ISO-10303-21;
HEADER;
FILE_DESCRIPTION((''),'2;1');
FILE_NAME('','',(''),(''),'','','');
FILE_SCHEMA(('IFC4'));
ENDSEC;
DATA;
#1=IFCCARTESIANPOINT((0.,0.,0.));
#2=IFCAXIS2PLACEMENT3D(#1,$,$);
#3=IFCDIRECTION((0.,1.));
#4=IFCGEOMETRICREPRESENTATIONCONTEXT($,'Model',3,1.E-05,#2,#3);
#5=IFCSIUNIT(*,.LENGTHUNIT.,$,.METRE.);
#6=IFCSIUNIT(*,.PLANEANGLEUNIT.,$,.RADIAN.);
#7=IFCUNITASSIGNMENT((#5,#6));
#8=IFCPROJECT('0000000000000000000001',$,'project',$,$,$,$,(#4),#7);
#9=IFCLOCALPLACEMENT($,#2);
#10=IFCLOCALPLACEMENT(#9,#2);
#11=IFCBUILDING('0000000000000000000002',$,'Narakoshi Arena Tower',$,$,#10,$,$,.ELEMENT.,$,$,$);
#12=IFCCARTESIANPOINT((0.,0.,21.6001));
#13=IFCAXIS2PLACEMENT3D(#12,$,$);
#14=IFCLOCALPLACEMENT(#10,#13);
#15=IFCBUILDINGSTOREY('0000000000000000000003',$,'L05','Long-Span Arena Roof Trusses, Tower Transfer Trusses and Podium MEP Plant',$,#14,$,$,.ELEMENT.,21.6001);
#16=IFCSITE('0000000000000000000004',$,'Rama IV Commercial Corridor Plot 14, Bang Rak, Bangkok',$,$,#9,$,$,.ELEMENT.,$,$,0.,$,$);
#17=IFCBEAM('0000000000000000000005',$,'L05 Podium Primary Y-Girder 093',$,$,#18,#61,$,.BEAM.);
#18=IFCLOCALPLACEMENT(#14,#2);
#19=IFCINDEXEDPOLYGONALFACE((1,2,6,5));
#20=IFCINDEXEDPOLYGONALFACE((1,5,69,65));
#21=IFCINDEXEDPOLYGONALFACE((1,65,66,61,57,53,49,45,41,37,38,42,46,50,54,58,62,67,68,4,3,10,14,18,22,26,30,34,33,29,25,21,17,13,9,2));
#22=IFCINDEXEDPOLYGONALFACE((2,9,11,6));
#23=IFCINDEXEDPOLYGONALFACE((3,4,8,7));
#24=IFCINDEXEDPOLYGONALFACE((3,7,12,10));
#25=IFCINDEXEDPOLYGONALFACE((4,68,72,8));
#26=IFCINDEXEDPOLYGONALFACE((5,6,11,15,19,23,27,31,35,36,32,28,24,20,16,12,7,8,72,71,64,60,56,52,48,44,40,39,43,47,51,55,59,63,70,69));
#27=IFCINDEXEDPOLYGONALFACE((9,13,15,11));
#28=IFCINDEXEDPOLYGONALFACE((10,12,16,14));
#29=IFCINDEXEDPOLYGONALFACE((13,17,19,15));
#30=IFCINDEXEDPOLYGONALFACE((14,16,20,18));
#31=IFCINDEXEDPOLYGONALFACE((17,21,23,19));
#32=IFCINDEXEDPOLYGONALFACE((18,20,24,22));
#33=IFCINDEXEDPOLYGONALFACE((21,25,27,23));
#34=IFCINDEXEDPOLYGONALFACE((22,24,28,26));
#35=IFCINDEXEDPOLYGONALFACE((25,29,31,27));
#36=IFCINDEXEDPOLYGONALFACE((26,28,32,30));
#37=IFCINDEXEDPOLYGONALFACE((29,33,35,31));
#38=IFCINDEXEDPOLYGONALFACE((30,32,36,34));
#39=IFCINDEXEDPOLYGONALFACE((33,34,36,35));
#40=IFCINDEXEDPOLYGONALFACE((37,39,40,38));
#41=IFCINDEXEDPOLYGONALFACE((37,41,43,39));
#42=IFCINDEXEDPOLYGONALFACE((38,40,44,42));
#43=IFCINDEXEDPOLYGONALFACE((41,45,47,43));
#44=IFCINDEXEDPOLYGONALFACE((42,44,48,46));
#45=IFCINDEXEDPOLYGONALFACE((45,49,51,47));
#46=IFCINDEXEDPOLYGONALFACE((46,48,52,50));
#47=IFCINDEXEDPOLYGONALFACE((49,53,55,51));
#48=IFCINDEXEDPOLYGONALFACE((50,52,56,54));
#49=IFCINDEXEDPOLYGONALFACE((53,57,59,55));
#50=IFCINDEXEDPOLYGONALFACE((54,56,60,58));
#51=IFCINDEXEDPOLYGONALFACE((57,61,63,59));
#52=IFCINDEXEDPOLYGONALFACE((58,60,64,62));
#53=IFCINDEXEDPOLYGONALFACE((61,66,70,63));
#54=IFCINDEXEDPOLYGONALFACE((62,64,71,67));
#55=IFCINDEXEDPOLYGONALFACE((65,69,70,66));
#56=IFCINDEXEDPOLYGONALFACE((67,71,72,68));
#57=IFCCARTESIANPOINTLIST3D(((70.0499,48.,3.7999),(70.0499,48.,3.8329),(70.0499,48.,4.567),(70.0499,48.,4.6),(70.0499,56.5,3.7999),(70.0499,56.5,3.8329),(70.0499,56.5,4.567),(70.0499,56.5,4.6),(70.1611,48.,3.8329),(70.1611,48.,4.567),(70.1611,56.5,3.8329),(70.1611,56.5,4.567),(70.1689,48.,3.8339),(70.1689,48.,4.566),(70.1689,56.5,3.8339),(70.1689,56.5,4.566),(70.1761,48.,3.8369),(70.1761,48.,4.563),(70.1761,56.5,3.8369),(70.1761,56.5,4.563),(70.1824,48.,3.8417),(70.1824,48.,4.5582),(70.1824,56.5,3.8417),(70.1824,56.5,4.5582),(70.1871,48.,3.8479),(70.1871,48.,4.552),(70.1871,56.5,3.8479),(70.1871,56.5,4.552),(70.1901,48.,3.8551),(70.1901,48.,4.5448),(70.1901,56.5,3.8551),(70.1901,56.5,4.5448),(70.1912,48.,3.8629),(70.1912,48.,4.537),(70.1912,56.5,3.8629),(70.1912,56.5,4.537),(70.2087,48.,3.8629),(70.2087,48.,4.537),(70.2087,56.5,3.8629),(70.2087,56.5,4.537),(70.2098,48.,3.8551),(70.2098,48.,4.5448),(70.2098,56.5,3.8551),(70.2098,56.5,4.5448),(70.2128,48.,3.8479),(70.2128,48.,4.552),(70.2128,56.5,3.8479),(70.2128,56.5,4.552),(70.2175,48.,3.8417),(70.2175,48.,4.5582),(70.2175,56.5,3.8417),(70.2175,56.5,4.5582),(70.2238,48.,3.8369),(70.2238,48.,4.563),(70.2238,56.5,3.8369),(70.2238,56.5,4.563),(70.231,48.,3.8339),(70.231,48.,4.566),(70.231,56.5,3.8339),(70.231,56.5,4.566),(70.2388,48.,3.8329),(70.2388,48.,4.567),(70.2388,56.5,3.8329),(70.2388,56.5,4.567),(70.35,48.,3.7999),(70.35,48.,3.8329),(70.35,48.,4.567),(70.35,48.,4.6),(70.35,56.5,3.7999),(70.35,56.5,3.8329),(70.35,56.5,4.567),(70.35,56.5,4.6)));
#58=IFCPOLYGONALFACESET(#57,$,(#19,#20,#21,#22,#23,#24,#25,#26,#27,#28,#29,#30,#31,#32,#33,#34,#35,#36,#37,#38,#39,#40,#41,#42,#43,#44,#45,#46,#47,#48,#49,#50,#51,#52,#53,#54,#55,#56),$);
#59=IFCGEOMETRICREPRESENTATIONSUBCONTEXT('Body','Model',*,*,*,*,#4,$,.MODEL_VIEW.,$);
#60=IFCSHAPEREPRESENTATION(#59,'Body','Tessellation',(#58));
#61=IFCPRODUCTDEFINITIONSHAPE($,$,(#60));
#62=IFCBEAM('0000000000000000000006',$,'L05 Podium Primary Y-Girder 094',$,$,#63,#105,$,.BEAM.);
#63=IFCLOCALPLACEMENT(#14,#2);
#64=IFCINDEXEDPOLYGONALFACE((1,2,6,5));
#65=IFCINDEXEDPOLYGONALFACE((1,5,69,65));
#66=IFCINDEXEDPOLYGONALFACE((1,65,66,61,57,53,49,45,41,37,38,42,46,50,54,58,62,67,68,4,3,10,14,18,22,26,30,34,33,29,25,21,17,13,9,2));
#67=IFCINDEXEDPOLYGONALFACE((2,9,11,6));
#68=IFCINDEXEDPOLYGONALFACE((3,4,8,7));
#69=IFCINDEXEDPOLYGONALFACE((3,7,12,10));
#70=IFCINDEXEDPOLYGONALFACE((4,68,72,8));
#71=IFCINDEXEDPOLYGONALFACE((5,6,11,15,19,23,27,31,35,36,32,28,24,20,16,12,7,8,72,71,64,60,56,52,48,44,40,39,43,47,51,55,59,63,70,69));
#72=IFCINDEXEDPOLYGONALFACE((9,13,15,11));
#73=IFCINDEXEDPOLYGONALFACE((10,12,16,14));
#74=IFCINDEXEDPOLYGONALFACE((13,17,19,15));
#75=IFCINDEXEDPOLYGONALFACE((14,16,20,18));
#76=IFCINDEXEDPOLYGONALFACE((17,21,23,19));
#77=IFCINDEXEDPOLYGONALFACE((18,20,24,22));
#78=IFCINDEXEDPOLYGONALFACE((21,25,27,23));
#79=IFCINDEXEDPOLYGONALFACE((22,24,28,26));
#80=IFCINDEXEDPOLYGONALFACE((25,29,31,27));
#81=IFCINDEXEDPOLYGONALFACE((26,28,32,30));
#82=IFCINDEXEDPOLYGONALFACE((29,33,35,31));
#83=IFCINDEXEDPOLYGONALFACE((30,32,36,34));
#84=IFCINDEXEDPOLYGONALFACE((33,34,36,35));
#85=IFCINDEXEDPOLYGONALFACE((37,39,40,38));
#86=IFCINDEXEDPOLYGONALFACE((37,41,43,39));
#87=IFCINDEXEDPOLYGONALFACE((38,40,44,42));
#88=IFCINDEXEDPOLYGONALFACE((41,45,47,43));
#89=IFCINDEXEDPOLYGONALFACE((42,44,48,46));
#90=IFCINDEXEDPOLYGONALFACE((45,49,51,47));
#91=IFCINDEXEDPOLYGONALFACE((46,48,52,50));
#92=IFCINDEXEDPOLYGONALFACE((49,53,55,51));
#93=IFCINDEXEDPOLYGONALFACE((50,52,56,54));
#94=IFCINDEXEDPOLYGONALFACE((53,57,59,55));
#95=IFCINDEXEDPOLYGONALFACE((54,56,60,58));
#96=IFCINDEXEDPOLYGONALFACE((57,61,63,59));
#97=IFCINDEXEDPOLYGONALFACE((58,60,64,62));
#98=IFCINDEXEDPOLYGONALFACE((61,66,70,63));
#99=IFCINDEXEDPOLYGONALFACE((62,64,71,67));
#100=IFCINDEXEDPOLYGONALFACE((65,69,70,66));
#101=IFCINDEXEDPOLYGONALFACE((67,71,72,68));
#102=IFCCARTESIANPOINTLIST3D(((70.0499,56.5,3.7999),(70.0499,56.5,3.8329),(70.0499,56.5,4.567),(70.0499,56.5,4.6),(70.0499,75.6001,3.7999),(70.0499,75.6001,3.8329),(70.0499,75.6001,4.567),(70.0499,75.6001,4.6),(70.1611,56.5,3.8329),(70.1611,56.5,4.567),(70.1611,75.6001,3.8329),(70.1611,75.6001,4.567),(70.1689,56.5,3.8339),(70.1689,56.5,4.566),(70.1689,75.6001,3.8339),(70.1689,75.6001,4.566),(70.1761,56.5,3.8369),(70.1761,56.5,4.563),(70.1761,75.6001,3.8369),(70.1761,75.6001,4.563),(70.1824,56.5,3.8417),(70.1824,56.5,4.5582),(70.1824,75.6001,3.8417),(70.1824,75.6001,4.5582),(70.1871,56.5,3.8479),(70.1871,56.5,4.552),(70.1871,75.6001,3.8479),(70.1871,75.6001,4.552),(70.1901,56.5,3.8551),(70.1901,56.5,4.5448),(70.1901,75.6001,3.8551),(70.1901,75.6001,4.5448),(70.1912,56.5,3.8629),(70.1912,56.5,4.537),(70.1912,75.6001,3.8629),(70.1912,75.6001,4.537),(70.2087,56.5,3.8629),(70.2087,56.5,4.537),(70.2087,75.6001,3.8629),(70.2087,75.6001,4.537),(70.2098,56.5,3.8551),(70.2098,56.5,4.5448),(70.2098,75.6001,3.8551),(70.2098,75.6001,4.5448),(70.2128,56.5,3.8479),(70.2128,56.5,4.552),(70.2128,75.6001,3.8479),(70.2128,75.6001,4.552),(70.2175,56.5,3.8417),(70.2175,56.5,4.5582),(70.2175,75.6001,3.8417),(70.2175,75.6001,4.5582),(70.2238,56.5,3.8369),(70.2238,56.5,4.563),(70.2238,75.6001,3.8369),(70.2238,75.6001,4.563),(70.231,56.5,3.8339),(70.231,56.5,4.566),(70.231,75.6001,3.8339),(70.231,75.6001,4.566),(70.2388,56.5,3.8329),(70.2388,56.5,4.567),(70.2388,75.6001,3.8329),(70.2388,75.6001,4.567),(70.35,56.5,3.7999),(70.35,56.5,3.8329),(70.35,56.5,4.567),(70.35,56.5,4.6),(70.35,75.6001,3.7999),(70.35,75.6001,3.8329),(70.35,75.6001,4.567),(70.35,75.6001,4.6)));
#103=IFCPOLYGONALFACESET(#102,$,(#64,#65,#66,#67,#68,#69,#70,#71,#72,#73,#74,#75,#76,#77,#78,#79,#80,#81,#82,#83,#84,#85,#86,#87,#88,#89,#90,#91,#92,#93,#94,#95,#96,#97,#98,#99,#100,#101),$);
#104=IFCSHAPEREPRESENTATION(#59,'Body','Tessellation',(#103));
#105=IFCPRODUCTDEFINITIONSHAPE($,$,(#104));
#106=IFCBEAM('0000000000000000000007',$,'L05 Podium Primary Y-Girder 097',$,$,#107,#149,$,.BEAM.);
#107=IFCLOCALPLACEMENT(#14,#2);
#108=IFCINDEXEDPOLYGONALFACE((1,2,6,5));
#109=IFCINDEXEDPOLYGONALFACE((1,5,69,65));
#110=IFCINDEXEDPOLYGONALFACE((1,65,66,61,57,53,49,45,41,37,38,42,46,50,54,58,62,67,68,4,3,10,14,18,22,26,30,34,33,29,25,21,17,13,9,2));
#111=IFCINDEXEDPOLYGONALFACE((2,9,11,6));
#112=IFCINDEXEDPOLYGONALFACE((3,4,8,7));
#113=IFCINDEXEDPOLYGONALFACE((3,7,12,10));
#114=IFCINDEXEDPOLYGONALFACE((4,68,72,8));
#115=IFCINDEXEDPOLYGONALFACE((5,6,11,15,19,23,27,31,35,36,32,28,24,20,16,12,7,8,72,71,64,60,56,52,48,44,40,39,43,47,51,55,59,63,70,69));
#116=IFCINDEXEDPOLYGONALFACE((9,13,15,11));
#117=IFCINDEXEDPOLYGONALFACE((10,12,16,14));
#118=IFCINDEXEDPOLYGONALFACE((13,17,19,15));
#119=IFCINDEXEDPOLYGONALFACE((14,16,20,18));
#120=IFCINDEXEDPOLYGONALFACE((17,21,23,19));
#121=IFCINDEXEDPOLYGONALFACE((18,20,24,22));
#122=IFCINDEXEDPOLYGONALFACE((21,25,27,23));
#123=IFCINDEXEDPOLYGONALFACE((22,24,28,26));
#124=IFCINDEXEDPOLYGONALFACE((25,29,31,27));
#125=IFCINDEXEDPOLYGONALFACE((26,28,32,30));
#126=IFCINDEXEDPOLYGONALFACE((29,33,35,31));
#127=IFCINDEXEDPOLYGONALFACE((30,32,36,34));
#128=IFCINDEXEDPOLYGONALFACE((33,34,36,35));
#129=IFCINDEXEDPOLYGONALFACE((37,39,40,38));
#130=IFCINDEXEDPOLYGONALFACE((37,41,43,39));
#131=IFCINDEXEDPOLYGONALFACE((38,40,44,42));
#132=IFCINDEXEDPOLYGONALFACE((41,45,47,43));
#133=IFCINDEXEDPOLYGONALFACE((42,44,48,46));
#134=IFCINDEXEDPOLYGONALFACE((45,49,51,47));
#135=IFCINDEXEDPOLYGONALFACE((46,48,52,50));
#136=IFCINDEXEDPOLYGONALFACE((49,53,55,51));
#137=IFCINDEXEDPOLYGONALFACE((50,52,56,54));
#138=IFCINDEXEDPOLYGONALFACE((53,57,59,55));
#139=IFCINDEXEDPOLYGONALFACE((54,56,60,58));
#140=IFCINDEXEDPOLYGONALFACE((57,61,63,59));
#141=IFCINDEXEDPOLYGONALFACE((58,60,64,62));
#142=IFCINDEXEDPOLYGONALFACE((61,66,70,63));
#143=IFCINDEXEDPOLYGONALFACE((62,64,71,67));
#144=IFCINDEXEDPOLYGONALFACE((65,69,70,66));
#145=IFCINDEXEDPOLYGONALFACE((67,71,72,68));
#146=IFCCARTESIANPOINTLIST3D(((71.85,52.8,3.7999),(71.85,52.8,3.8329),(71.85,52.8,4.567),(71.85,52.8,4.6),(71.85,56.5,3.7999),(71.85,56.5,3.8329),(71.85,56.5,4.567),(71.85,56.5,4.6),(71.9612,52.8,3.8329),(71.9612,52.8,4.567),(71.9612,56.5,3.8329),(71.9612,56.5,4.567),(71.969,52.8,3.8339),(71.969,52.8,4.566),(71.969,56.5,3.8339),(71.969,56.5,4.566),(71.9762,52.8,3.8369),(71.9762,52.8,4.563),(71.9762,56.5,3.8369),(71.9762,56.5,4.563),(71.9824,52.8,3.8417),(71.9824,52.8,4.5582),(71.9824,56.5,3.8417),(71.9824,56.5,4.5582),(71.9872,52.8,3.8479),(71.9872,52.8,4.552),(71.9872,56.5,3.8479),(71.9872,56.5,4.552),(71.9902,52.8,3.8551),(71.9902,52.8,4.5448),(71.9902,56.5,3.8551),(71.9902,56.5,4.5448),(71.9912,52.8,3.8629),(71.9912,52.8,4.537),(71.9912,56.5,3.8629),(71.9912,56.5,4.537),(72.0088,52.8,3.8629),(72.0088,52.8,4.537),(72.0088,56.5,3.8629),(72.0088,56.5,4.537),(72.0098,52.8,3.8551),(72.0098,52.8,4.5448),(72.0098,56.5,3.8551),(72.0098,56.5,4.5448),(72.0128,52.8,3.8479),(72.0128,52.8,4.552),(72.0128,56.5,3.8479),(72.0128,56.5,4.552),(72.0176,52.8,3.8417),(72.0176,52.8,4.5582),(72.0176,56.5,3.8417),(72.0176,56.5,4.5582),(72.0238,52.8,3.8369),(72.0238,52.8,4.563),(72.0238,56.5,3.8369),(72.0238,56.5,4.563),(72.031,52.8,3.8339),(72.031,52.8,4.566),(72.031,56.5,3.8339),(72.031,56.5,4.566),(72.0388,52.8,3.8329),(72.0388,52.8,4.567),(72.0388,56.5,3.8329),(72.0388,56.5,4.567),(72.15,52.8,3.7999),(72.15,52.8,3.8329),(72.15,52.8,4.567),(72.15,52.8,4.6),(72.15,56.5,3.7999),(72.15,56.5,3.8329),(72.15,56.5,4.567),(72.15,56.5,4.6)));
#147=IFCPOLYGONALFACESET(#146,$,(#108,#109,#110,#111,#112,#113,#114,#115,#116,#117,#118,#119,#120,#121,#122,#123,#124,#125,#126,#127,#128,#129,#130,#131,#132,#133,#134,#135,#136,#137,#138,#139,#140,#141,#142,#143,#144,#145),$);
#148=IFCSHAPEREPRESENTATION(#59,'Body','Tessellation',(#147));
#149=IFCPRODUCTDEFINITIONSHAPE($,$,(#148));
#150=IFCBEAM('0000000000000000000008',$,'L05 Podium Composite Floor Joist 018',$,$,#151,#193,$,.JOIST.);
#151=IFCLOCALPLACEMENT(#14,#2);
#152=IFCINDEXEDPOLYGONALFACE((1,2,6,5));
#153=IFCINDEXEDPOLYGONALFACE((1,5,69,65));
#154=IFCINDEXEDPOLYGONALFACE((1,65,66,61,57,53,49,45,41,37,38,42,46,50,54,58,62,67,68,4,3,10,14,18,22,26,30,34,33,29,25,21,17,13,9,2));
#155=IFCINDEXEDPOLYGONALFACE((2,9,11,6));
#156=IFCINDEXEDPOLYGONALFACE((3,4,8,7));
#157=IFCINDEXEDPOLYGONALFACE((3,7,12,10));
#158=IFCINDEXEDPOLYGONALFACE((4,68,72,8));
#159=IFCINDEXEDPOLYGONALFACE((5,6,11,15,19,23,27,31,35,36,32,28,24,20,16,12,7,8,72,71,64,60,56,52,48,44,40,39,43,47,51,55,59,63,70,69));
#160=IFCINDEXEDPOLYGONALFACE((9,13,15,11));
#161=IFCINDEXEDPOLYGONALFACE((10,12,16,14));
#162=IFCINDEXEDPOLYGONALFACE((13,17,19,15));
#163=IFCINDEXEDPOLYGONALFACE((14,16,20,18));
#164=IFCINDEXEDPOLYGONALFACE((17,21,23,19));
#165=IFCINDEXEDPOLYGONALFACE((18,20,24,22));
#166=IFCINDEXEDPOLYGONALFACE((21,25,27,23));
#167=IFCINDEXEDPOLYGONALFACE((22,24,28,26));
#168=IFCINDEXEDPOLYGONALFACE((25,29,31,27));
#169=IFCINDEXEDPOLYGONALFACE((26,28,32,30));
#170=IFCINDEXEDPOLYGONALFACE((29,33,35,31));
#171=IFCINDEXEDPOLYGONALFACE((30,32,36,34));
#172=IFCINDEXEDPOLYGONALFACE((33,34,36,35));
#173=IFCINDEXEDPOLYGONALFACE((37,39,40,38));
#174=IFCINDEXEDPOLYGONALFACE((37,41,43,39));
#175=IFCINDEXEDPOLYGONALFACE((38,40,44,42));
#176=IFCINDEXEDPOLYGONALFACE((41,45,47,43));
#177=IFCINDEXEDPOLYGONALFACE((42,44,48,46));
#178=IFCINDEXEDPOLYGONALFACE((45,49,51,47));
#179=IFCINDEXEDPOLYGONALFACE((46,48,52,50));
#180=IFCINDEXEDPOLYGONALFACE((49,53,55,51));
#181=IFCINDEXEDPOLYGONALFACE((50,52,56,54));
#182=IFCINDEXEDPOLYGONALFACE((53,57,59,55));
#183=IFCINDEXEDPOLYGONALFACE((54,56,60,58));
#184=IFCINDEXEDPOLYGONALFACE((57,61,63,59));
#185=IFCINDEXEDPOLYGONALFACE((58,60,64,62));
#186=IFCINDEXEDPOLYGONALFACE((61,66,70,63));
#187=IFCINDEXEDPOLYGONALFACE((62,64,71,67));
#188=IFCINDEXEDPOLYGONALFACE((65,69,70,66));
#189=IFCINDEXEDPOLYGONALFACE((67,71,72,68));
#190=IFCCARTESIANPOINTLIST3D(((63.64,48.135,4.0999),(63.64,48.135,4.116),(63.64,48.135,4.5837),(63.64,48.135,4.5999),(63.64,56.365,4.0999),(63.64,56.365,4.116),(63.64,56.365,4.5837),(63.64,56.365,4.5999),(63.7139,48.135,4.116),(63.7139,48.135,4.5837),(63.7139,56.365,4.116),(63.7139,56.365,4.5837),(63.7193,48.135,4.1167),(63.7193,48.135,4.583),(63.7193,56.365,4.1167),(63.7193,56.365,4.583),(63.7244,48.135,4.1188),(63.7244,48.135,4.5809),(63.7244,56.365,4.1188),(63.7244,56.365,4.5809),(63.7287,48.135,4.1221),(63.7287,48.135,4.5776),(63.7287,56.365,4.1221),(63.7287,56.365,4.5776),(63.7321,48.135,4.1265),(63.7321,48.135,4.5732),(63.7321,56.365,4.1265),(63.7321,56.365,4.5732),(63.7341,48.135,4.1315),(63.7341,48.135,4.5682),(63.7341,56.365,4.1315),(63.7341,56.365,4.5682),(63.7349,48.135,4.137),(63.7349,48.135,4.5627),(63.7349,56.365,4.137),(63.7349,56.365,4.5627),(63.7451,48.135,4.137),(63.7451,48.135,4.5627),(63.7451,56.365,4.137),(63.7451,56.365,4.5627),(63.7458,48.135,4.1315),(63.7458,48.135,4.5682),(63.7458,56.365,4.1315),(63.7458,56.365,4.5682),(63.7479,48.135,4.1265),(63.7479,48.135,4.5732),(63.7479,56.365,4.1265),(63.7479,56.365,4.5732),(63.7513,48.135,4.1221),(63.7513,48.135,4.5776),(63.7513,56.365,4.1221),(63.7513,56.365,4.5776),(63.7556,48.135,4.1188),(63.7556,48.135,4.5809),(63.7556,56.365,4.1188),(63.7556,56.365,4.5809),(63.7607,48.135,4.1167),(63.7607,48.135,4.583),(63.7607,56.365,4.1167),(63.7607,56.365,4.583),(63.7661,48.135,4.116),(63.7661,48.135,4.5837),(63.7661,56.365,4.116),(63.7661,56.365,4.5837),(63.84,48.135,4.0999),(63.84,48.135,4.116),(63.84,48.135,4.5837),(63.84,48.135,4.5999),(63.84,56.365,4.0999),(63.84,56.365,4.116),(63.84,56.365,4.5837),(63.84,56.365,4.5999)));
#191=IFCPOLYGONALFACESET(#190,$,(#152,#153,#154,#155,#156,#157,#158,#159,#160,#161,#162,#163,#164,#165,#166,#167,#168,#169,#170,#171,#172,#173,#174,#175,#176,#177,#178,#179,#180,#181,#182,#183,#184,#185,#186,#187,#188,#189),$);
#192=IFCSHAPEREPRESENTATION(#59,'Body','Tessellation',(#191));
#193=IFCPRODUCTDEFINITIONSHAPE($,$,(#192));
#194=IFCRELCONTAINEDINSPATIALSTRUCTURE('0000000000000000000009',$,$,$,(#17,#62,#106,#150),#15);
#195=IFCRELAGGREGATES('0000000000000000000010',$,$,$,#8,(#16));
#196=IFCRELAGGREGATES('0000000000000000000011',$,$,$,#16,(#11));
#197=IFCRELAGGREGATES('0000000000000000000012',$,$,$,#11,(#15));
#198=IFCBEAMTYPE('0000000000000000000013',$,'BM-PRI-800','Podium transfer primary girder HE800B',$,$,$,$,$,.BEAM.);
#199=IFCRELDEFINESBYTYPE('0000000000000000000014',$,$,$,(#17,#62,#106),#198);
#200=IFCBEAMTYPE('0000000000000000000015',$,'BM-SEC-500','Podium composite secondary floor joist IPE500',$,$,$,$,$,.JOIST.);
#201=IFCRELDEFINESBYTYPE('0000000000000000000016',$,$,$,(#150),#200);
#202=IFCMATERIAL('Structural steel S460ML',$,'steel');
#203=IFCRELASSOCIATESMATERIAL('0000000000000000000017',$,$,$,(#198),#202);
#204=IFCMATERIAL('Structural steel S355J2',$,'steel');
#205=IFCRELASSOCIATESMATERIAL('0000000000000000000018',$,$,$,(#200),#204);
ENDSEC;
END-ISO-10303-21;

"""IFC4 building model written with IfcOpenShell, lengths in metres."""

from ifc_helpers import new_model, si_unit, direction, frame, origin, origin_2d, place, context, subcontext, project, spatial, i_section, extrude, material, material_profile, profile_set, type_object, element, save


model = new_model("IFC4")

# Units and contexts
model_context = context("Model", 3, precision=1e-05, world=origin(), true_north=direction((0.0, 1.0)))
body_context = subcontext(model_context, "Body", "Model", "MODEL_VIEW")
ifc_project = project(units=[si_unit("LENGTHUNIT", "METRE"), si_unit("PLANEANGLEUNIT", "RADIAN")], contexts=[model_context])

# Site, building, storey
site_placement = place(None, origin())
site = spatial("IfcSite", under=ifc_project, at=site_placement, Name="Rama IV Commercial Corridor Plot 14, Bang Rak, Bangkok", CompositionType="ELEMENT", RefElevation=0.0)
building_placement = place(site_placement, origin())
building = spatial("IfcBuilding", under=site, at=building_placement, Name="Narakoshi Arena Tower", CompositionType="ELEMENT")
storey_placement = place(building_placement, frame((0.0, 0.0, 21.6001)))
storey = spatial("IfcBuildingStorey", under=building, at=storey_placement, Name="L05", Description="Long-Span Arena Roof Trusses, Tower Transfer Trusses and Podium MEP Plant", CompositionType="ELEMENT", Elevation=21.6001)

# Beams
ifc_material_1 = material(Name="Structural steel S460ML", Category="steel")
ifc_material_profile_1 = material_profile(ifc_material_1, i_section(OverallWidth=0.3, OverallDepth=0.8, WebThickness=0.0176, FlangeThickness=0.033, FilletRadius=0.03, at=origin_2d()), Name="HE800B")
ifc_profile_set_1 = profile_set([ifc_material_profile_1], Name="Structural steel S460ML")
beam_type_1 = type_object("IfcBeamType", Name="BM-PRI-800", Description="Podium transfer primary girder HE800B", PredefinedType="BEAM", material=ifc_profile_set_1)
beam_1_placement = place(storey_placement, frame((70.2, 48.0, 4.2), z_axis=(0.0, 1.0, 0.0), x_axis=(-1.0, 0.0, 0.0)))
element("IfcBeam", 1, at=beam_1_placement, inside=storey, type_object=beam_type_1, Name="L05 Podium Primary Y-Girder 093", PredefinedType="BEAM", context=body_context, shape_type="SweptSolid", body=[
    extrude(i_section(OverallWidth=0.3, OverallDepth=0.8, WebThickness=0.0176, FlangeThickness=0.033, FilletRadius=0.03, at=origin_2d()), origin(), (0.0, 0.0, 1.0), 8.5),
])
beam_2_placement = place(storey_placement, frame((70.2, 56.5, 4.2), z_axis=(0.0, 1.0, 0.0), x_axis=(-1.0, 0.0, 0.0)))
element("IfcBeam", 2, at=beam_2_placement, inside=storey, type_object=beam_type_1, Name="L05 Podium Primary Y-Girder 094", PredefinedType="BEAM", context=body_context, shape_type="SweptSolid", body=[
    extrude(i_section(OverallWidth=0.3, OverallDepth=0.8, WebThickness=0.0176, FlangeThickness=0.033, FilletRadius=0.03, at=origin_2d()), origin(), (0.0, 0.0, 1.0), 19.1001),
])
beam_3_placement = place(storey_placement, frame((72.0, 52.8, 4.2), z_axis=(0.0, 1.0, 0.0), x_axis=(-1.0, 0.0, 0.0)))
element("IfcBeam", 3, at=beam_3_placement, inside=storey, type_object=beam_type_1, Name="L05 Podium Primary Y-Girder 097", PredefinedType="BEAM", context=body_context, shape_type="SweptSolid", body=[
    extrude(i_section(OverallWidth=0.3, OverallDepth=0.8, WebThickness=0.0176, FlangeThickness=0.033, FilletRadius=0.03, at=origin_2d()), origin(), (0.0, 0.0, 1.0), 3.7),
])
ifc_material_2 = material(Name="Structural steel S355J2", Category="steel")
ifc_material_profile_2 = material_profile(ifc_material_2, i_section(OverallWidth=0.2, OverallDepth=0.5, WebThickness=0.0103, FlangeThickness=0.0161, FilletRadius=0.021, at=origin_2d()), Name="IPE500")
ifc_profile_set_2 = profile_set([ifc_material_profile_2], Name="Structural steel S355J2")
beam_type_2 = type_object("IfcBeamType", Name="BM-SEC-500", Description="Podium composite secondary floor joist IPE500", PredefinedType="JOIST", material=ifc_profile_set_2)
beam_4_placement = place(storey_placement, frame((63.74, 48.135, 4.3499), z_axis=(0.0, 1.0, 0.0), x_axis=(-1.0, 0.0, 0.0)))
element("IfcBeam", 4, at=beam_4_placement, inside=storey, type_object=beam_type_2, Name="L05 Podium Composite Floor Joist 018", PredefinedType="JOIST", context=body_context, shape_type="SweptSolid", body=[
    extrude(i_section(OverallWidth=0.2, OverallDepth=0.5, WebThickness=0.0103, FlangeThickness=0.0161, FilletRadius=0.021, at=origin_2d()), origin(), (0.0, 0.0, 1.0), 8.23),
])

save(model, "model.ifc")
